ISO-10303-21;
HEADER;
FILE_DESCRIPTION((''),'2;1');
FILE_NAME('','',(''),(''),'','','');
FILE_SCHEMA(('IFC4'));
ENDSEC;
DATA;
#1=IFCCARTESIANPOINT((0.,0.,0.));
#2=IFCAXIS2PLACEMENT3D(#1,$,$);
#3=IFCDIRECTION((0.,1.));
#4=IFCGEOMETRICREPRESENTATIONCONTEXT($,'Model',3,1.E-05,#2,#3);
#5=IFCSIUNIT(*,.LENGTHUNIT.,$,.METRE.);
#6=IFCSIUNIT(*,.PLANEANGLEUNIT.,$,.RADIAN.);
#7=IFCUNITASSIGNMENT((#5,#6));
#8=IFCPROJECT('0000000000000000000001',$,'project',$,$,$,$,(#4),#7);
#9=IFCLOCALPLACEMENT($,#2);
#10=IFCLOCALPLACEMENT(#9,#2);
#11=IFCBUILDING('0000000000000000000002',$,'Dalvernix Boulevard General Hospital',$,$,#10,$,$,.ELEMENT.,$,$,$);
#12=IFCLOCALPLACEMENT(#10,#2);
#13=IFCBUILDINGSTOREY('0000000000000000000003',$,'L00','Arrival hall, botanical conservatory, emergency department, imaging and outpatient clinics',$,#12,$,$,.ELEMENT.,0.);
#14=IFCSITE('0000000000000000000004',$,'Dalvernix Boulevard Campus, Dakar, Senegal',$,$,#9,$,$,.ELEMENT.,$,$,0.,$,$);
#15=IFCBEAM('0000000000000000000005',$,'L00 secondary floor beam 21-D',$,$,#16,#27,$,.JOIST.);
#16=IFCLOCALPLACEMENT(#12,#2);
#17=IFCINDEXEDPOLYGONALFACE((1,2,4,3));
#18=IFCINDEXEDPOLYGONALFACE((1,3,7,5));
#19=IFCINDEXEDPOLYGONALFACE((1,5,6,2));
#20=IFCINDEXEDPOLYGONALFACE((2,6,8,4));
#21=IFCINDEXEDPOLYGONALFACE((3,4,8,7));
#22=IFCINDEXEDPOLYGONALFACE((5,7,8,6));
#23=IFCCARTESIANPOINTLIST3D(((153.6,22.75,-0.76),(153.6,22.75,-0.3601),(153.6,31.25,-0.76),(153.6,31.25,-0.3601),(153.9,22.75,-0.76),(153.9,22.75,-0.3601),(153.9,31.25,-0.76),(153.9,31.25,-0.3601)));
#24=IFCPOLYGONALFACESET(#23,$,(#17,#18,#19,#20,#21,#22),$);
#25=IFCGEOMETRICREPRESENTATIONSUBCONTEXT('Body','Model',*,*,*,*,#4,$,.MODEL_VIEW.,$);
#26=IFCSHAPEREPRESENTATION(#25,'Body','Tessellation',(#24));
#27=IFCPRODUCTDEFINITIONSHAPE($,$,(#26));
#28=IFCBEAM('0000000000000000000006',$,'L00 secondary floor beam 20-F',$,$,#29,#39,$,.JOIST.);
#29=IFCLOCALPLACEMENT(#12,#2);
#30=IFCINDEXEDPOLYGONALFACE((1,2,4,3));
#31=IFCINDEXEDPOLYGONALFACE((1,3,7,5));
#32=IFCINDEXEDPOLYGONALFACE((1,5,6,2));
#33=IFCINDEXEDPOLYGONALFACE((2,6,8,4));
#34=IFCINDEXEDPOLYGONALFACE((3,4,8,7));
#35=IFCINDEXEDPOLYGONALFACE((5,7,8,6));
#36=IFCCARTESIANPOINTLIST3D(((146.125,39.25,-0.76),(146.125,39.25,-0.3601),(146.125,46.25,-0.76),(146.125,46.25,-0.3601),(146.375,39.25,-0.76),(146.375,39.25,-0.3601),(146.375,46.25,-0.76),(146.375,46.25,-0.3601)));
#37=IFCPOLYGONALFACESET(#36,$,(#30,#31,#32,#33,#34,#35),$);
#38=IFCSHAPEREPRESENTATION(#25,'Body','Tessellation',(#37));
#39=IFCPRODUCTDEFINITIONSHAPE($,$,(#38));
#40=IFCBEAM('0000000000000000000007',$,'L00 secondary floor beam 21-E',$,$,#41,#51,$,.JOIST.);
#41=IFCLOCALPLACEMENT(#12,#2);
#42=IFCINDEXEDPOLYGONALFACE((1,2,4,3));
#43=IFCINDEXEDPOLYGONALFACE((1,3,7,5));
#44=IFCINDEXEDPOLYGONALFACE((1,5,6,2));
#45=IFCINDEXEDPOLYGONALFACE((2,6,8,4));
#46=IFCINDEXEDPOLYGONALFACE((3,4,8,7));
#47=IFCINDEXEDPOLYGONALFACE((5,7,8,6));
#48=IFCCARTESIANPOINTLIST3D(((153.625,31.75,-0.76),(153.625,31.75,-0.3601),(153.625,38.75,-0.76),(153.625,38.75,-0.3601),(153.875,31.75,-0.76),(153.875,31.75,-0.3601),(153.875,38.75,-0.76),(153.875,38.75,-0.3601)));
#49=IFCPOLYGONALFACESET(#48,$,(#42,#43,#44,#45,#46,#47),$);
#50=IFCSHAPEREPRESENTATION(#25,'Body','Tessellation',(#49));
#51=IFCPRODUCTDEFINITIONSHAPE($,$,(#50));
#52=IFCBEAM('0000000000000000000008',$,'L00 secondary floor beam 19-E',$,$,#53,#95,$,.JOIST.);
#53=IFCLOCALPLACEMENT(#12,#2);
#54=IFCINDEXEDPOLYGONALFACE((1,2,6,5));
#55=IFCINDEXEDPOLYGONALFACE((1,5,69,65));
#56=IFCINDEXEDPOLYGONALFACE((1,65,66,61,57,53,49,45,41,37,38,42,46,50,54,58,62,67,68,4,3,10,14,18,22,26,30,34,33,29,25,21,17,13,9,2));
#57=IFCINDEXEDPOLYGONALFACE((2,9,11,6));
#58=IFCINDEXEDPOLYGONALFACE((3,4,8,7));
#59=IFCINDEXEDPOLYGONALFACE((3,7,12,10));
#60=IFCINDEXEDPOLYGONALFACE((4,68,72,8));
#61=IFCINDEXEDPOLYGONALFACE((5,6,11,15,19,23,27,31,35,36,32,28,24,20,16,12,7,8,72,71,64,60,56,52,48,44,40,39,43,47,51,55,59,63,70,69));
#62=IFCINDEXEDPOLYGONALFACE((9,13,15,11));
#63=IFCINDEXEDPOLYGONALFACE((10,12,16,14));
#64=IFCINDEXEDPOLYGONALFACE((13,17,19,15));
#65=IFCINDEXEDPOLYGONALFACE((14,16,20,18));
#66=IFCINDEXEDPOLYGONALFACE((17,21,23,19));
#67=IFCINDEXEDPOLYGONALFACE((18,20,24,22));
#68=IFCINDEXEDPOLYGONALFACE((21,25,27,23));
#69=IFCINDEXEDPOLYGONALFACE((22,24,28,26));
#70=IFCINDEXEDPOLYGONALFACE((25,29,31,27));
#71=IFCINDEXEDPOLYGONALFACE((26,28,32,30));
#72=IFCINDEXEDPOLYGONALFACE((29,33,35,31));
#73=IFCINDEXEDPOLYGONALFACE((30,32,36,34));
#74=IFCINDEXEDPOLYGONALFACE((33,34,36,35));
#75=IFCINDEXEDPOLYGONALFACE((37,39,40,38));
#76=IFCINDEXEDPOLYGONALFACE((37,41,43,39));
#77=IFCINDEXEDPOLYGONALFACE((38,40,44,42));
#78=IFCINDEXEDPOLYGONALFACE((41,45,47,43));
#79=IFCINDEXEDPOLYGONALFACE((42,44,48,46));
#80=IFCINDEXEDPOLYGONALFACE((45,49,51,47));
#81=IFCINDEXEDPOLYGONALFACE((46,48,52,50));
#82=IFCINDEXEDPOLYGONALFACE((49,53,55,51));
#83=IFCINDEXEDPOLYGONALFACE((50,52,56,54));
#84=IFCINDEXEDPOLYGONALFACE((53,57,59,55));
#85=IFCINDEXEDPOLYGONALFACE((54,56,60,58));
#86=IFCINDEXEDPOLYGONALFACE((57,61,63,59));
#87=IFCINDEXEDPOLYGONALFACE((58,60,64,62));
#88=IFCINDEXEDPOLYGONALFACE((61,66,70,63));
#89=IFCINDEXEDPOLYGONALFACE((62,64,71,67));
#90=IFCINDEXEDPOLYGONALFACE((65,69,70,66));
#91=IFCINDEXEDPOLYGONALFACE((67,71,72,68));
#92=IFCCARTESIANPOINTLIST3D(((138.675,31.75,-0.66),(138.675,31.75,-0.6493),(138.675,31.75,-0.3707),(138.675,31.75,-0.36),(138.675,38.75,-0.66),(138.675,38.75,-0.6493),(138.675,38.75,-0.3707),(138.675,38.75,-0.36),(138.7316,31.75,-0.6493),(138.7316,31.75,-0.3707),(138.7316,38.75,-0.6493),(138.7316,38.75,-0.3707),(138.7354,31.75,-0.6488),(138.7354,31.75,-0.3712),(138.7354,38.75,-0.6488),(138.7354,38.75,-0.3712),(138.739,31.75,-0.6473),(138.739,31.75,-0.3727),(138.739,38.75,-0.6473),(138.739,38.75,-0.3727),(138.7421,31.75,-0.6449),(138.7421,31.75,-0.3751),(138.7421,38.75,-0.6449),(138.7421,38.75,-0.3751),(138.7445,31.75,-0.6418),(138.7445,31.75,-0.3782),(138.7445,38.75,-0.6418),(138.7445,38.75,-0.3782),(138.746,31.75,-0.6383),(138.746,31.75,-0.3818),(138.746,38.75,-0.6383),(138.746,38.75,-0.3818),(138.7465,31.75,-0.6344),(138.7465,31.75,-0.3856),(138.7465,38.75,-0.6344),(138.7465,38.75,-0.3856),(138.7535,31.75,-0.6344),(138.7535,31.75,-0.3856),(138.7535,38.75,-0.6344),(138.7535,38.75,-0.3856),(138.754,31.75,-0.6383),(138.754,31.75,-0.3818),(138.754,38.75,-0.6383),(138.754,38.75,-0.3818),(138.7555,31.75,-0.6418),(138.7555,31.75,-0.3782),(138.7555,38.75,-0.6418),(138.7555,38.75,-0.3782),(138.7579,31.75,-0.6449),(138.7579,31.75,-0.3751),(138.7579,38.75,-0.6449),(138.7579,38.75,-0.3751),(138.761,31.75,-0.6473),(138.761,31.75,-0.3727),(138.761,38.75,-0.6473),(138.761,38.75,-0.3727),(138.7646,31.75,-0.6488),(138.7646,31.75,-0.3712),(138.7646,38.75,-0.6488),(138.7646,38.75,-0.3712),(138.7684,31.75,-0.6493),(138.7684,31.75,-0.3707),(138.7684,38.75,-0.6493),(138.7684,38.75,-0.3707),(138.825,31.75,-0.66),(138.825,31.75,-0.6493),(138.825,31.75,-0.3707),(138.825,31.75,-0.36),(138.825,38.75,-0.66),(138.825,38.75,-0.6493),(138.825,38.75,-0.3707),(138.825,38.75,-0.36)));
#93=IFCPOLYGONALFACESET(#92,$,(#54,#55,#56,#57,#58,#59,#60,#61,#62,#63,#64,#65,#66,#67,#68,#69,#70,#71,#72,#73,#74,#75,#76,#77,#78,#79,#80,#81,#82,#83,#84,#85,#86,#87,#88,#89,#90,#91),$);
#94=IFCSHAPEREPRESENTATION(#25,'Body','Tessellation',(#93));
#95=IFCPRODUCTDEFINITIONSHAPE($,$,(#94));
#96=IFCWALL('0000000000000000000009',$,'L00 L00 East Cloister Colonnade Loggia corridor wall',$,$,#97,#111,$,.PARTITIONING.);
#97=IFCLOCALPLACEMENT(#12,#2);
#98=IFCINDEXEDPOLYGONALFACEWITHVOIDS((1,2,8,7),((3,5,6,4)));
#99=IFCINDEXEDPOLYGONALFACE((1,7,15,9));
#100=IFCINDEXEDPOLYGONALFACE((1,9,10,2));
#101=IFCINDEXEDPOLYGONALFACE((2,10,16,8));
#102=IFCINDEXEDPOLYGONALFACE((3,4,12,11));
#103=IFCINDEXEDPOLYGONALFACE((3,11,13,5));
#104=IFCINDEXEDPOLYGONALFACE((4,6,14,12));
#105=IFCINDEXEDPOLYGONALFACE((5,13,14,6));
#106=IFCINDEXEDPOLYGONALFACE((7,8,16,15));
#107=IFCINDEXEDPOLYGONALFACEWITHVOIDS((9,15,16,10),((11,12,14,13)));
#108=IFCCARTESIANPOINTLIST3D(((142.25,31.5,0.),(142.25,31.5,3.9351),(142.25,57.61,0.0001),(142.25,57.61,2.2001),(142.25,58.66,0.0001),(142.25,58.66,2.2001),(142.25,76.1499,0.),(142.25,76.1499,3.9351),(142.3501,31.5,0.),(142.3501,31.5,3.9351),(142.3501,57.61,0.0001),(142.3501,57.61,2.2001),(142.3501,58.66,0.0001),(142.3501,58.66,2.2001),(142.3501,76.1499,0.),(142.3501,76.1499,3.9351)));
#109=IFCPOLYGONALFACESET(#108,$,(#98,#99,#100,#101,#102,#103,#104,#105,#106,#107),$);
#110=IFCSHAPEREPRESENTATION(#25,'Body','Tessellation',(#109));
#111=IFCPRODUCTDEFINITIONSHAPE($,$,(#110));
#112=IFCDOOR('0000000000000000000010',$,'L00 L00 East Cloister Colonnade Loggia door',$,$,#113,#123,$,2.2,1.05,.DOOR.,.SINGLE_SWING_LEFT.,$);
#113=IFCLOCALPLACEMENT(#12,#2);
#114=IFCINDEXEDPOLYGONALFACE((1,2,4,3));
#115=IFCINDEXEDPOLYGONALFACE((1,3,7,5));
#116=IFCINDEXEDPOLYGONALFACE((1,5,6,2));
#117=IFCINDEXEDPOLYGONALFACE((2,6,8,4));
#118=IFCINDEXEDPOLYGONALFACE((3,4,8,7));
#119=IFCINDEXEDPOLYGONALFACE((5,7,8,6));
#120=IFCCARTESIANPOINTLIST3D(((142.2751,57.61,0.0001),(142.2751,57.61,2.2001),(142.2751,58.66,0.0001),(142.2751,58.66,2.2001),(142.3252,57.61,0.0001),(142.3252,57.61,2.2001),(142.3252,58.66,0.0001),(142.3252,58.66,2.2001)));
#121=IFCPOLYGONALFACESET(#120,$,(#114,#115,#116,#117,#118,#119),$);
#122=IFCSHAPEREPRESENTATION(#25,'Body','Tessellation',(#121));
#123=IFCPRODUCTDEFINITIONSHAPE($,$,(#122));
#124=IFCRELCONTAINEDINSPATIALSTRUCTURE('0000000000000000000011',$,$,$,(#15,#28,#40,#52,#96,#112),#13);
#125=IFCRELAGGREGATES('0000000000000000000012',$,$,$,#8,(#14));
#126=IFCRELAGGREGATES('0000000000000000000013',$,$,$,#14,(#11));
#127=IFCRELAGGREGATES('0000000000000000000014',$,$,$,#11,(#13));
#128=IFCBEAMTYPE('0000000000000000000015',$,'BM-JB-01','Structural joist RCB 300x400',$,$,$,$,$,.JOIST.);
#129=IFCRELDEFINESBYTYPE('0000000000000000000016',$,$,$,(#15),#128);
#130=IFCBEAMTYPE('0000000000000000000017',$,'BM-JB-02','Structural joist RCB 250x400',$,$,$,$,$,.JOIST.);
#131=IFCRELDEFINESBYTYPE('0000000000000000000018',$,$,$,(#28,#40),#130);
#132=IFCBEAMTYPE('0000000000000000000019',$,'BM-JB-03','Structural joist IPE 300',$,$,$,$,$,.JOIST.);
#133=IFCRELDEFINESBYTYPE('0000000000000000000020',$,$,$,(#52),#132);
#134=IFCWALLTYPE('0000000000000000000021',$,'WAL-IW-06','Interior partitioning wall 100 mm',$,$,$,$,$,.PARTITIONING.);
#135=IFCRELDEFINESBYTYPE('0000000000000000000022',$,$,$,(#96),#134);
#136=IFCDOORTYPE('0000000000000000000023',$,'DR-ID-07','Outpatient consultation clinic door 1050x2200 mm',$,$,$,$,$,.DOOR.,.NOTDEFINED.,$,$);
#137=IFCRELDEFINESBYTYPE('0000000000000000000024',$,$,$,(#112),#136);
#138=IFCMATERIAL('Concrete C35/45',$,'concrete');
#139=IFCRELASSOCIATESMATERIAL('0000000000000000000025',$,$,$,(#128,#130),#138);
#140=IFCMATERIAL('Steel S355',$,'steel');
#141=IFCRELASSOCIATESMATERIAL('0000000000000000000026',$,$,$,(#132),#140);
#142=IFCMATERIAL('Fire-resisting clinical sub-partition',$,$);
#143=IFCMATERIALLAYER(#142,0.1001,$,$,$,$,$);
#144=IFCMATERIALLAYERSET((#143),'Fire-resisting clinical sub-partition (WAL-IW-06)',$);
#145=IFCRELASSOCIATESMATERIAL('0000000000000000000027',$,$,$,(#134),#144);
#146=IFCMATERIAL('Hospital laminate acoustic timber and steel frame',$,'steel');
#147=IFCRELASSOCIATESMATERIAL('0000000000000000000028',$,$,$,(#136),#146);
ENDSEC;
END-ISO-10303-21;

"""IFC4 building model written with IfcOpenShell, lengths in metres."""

from ifc_helpers import new_model, si_unit, direction, frame, frame_2d, origin, origin_2d, place, context, subcontext, project, spatial, rectangle, i_section, extrude, material, layer, layer_set, material_profile, profile_set, type_object, element, fill, save


model = new_model("IFC4")

# Units and contexts
model_context = context("Model", 3, precision=1e-05, world=origin(), true_north=direction((0.0, 1.0)))
body_context = subcontext(model_context, "Body", "Model", "MODEL_VIEW")
ifc_project = project(units=[si_unit("LENGTHUNIT", "METRE"), si_unit("PLANEANGLEUNIT", "RADIAN")], contexts=[model_context])

# Site, building, storey
site_placement = place(None, origin())
site = spatial("IfcSite", under=ifc_project, at=site_placement, Name="Dalvernix Boulevard Campus, Dakar, Senegal", CompositionType="ELEMENT", RefElevation=0.0)
building_placement = place(site_placement, origin())
building = spatial("IfcBuilding", under=site, at=building_placement, Name="Dalvernix Boulevard General Hospital", CompositionType="ELEMENT")
storey_placement = place(building_placement, origin())
storey = spatial("IfcBuildingStorey", under=building, at=storey_placement, Name="L00", Description="Arrival hall, botanical conservatory, emergency department, imaging and outpatient clinics", CompositionType="ELEMENT", Elevation=0.0)

# Beams
ifc_material_1 = material(Name="Concrete C35/45", Category="concrete")
ifc_material_profile_1 = material_profile(ifc_material_1, rectangle(XDim=0.3, YDim=0.3999, at=origin_2d()), Name="RCB 300x400")
ifc_profile_set_1 = profile_set([ifc_material_profile_1], Name="Concrete C35/45")
beam_type_1 = type_object("IfcBeamType", Name="BM-JB-01", Description="Structural joist RCB 300x400", PredefinedType="JOIST", material=ifc_profile_set_1)
for number, where, z_axis, x_axis, name in (
    (1, (153.75, 22.75, -0.5601), (0.0, 1.0, 0.0), (-1.0, 0.0, 0.0), "L00 secondary floor beam 21-D"),
):
    element("IfcBeam", number, at=place(storey_placement, frame(where, z_axis=z_axis, x_axis=x_axis)), inside=storey, type_object=beam_type_1, Name=name, PredefinedType="JOIST", context=body_context, shape_type="SweptSolid", body=[
        extrude(rectangle(XDim=0.3, YDim=0.3999, at=origin_2d()), origin(), (0.0, 0.0, 1.0), 8.5),
    ])
ifc_material_profile_2 = material_profile(ifc_material_1, rectangle(XDim=0.25, YDim=0.3999, at=origin_2d()), Name="RCB 250x400")
ifc_profile_set_2 = profile_set([ifc_material_profile_2], Name="Concrete C35/45")
beam_type_2 = type_object("IfcBeamType", Name="BM-JB-02", Description="Structural joist RCB 250x400", PredefinedType="JOIST", material=ifc_profile_set_2)
for number, where, z_axis, x_axis, name in (
    (2, (146.25, 39.25, -0.5601), (0.0, 1.0, 0.0), (-1.0, 0.0, 0.0), "L00 secondary floor beam 20-F"),
    (3, (153.75, 31.75, -0.5601), (0.0, 1.0, 0.0), (-1.0, 0.0, 0.0), "L00 secondary floor beam 21-E"),
):
    element("IfcBeam", number, at=place(storey_placement, frame(where, z_axis=z_axis, x_axis=x_axis)), inside=storey, type_object=beam_type_2, Name=name, PredefinedType="JOIST", context=body_context, shape_type="SweptSolid", body=[
        extrude(rectangle(XDim=0.25, YDim=0.3999, at=origin_2d()), origin(), (0.0, 0.0, 1.0), 7.0),
    ])
ifc_material_2 = material(Name="Steel S355", Category="steel")
ifc_material_profile_3 = material_profile(ifc_material_2, i_section(OverallWidth=0.1499, OverallDepth=0.3, WebThickness=0.0071, FlangeThickness=0.0107, FilletRadius=0.0149, at=origin_2d()), Name="IPE 300")
ifc_profile_set_3 = profile_set([ifc_material_profile_3], Name="Steel S355")
beam_type_3 = type_object("IfcBeamType", Name="BM-JB-03", Description="Structural joist IPE 300", PredefinedType="JOIST", material=ifc_profile_set_3)
beam_placement = place(storey_placement, frame((138.75, 31.75, -0.51), z_axis=(0.0, 1.0, 0.0), x_axis=(-1.0, 0.0, 0.0)))
element("IfcBeam", 4, at=beam_placement, inside=storey, type_object=beam_type_3, Name="L00 secondary floor beam 19-E", PredefinedType="JOIST", context=body_context, shape_type="SweptSolid", body=[
    extrude(i_section(OverallWidth=0.1499, OverallDepth=0.3, WebThickness=0.0071, FlangeThickness=0.0107, FilletRadius=0.0149, at=origin_2d()), origin(), (0.0, 0.0, 1.0), 7.0),
])

# Wall, opening, door
ifc_material_3 = material(Name="Fire-resisting clinical sub-partition")
ifc_layer = layer(ifc_material_3, 0.1001)
ifc_layer_set = layer_set([ifc_layer], Name="Fire-resisting clinical sub-partition (WAL-IW-06)")
wall_type = type_object("IfcWallType", Name="WAL-IW-06", Description="Interior partitioning wall 100 mm", PredefinedType="PARTITIONING", material=ifc_layer_set)
wall_placement = place(storey_placement, frame((142.3, 31.5, 0.0), z_axis=(0.0, 0.0, 1.0), x_axis=(0.0, 1.0, 0.0)))
wall = element("IfcWall", 5, at=wall_placement, inside=storey, type_object=wall_type, Name="L00 L00 East Cloister Colonnade Loggia corridor wall", PredefinedType="PARTITIONING", context=body_context, shape_type="SweptSolid", body=[
    extrude(rectangle(XDim=44.6499, YDim=0.1001, at=frame_2d((22.325, 0.0))), origin(), (0.0, 0.0, 1.0), 3.9351),
])
opening_placement = place(wall_placement, frame((26.1101, 0.0, 0.0)))
opening = element("IfcOpeningElement", 6, at=opening_placement, cuts=wall, PredefinedType="OPENING", context=body_context, shape_type="SweptSolid", body=[
    extrude(rectangle(XDim=1.05, YDim=2.2, at=frame_2d((0.5249, 1.1001))), frame((0.0, 0.0601, 0.0), z_axis=(0.0, -1.0, 0.0), x_axis=(1.0, 0.0, 0.0)), (0.0, 0.0, 1.0), 0.1201),
])
ifc_material_4 = material(Name="Hospital laminate acoustic timber and steel frame", Category="steel")
door_type = type_object("IfcDoorType", Name="DR-ID-07", Description="Outpatient consultation clinic door 1050x2200 mm", OperationType="NOTDEFINED", PredefinedType="DOOR", material=ifc_material_4)
door_placement = place(opening_placement, origin())
door = element("IfcDoor", 7, at=door_placement, inside=storey, type_object=door_type, Name="L00 L00 East Cloister Colonnade Loggia door", OperationType="SINGLE_SWING_LEFT", OverallHeight=2.2, OverallWidth=1.05, PredefinedType="DOOR", context=body_context, shape_type="SweptSolid", body=[
    extrude(rectangle(XDim=1.05, YDim=2.2, at=frame_2d((0.5249, 1.1001))), frame((0.0, 0.0249, 0.0), z_axis=(0.0, -1.0, 0.0), x_axis=(1.0, 0.0, 0.0)), (0.0, 0.0, 1.0), 0.05),
])
fill(opening, door)

save(model, "model.ifc")
